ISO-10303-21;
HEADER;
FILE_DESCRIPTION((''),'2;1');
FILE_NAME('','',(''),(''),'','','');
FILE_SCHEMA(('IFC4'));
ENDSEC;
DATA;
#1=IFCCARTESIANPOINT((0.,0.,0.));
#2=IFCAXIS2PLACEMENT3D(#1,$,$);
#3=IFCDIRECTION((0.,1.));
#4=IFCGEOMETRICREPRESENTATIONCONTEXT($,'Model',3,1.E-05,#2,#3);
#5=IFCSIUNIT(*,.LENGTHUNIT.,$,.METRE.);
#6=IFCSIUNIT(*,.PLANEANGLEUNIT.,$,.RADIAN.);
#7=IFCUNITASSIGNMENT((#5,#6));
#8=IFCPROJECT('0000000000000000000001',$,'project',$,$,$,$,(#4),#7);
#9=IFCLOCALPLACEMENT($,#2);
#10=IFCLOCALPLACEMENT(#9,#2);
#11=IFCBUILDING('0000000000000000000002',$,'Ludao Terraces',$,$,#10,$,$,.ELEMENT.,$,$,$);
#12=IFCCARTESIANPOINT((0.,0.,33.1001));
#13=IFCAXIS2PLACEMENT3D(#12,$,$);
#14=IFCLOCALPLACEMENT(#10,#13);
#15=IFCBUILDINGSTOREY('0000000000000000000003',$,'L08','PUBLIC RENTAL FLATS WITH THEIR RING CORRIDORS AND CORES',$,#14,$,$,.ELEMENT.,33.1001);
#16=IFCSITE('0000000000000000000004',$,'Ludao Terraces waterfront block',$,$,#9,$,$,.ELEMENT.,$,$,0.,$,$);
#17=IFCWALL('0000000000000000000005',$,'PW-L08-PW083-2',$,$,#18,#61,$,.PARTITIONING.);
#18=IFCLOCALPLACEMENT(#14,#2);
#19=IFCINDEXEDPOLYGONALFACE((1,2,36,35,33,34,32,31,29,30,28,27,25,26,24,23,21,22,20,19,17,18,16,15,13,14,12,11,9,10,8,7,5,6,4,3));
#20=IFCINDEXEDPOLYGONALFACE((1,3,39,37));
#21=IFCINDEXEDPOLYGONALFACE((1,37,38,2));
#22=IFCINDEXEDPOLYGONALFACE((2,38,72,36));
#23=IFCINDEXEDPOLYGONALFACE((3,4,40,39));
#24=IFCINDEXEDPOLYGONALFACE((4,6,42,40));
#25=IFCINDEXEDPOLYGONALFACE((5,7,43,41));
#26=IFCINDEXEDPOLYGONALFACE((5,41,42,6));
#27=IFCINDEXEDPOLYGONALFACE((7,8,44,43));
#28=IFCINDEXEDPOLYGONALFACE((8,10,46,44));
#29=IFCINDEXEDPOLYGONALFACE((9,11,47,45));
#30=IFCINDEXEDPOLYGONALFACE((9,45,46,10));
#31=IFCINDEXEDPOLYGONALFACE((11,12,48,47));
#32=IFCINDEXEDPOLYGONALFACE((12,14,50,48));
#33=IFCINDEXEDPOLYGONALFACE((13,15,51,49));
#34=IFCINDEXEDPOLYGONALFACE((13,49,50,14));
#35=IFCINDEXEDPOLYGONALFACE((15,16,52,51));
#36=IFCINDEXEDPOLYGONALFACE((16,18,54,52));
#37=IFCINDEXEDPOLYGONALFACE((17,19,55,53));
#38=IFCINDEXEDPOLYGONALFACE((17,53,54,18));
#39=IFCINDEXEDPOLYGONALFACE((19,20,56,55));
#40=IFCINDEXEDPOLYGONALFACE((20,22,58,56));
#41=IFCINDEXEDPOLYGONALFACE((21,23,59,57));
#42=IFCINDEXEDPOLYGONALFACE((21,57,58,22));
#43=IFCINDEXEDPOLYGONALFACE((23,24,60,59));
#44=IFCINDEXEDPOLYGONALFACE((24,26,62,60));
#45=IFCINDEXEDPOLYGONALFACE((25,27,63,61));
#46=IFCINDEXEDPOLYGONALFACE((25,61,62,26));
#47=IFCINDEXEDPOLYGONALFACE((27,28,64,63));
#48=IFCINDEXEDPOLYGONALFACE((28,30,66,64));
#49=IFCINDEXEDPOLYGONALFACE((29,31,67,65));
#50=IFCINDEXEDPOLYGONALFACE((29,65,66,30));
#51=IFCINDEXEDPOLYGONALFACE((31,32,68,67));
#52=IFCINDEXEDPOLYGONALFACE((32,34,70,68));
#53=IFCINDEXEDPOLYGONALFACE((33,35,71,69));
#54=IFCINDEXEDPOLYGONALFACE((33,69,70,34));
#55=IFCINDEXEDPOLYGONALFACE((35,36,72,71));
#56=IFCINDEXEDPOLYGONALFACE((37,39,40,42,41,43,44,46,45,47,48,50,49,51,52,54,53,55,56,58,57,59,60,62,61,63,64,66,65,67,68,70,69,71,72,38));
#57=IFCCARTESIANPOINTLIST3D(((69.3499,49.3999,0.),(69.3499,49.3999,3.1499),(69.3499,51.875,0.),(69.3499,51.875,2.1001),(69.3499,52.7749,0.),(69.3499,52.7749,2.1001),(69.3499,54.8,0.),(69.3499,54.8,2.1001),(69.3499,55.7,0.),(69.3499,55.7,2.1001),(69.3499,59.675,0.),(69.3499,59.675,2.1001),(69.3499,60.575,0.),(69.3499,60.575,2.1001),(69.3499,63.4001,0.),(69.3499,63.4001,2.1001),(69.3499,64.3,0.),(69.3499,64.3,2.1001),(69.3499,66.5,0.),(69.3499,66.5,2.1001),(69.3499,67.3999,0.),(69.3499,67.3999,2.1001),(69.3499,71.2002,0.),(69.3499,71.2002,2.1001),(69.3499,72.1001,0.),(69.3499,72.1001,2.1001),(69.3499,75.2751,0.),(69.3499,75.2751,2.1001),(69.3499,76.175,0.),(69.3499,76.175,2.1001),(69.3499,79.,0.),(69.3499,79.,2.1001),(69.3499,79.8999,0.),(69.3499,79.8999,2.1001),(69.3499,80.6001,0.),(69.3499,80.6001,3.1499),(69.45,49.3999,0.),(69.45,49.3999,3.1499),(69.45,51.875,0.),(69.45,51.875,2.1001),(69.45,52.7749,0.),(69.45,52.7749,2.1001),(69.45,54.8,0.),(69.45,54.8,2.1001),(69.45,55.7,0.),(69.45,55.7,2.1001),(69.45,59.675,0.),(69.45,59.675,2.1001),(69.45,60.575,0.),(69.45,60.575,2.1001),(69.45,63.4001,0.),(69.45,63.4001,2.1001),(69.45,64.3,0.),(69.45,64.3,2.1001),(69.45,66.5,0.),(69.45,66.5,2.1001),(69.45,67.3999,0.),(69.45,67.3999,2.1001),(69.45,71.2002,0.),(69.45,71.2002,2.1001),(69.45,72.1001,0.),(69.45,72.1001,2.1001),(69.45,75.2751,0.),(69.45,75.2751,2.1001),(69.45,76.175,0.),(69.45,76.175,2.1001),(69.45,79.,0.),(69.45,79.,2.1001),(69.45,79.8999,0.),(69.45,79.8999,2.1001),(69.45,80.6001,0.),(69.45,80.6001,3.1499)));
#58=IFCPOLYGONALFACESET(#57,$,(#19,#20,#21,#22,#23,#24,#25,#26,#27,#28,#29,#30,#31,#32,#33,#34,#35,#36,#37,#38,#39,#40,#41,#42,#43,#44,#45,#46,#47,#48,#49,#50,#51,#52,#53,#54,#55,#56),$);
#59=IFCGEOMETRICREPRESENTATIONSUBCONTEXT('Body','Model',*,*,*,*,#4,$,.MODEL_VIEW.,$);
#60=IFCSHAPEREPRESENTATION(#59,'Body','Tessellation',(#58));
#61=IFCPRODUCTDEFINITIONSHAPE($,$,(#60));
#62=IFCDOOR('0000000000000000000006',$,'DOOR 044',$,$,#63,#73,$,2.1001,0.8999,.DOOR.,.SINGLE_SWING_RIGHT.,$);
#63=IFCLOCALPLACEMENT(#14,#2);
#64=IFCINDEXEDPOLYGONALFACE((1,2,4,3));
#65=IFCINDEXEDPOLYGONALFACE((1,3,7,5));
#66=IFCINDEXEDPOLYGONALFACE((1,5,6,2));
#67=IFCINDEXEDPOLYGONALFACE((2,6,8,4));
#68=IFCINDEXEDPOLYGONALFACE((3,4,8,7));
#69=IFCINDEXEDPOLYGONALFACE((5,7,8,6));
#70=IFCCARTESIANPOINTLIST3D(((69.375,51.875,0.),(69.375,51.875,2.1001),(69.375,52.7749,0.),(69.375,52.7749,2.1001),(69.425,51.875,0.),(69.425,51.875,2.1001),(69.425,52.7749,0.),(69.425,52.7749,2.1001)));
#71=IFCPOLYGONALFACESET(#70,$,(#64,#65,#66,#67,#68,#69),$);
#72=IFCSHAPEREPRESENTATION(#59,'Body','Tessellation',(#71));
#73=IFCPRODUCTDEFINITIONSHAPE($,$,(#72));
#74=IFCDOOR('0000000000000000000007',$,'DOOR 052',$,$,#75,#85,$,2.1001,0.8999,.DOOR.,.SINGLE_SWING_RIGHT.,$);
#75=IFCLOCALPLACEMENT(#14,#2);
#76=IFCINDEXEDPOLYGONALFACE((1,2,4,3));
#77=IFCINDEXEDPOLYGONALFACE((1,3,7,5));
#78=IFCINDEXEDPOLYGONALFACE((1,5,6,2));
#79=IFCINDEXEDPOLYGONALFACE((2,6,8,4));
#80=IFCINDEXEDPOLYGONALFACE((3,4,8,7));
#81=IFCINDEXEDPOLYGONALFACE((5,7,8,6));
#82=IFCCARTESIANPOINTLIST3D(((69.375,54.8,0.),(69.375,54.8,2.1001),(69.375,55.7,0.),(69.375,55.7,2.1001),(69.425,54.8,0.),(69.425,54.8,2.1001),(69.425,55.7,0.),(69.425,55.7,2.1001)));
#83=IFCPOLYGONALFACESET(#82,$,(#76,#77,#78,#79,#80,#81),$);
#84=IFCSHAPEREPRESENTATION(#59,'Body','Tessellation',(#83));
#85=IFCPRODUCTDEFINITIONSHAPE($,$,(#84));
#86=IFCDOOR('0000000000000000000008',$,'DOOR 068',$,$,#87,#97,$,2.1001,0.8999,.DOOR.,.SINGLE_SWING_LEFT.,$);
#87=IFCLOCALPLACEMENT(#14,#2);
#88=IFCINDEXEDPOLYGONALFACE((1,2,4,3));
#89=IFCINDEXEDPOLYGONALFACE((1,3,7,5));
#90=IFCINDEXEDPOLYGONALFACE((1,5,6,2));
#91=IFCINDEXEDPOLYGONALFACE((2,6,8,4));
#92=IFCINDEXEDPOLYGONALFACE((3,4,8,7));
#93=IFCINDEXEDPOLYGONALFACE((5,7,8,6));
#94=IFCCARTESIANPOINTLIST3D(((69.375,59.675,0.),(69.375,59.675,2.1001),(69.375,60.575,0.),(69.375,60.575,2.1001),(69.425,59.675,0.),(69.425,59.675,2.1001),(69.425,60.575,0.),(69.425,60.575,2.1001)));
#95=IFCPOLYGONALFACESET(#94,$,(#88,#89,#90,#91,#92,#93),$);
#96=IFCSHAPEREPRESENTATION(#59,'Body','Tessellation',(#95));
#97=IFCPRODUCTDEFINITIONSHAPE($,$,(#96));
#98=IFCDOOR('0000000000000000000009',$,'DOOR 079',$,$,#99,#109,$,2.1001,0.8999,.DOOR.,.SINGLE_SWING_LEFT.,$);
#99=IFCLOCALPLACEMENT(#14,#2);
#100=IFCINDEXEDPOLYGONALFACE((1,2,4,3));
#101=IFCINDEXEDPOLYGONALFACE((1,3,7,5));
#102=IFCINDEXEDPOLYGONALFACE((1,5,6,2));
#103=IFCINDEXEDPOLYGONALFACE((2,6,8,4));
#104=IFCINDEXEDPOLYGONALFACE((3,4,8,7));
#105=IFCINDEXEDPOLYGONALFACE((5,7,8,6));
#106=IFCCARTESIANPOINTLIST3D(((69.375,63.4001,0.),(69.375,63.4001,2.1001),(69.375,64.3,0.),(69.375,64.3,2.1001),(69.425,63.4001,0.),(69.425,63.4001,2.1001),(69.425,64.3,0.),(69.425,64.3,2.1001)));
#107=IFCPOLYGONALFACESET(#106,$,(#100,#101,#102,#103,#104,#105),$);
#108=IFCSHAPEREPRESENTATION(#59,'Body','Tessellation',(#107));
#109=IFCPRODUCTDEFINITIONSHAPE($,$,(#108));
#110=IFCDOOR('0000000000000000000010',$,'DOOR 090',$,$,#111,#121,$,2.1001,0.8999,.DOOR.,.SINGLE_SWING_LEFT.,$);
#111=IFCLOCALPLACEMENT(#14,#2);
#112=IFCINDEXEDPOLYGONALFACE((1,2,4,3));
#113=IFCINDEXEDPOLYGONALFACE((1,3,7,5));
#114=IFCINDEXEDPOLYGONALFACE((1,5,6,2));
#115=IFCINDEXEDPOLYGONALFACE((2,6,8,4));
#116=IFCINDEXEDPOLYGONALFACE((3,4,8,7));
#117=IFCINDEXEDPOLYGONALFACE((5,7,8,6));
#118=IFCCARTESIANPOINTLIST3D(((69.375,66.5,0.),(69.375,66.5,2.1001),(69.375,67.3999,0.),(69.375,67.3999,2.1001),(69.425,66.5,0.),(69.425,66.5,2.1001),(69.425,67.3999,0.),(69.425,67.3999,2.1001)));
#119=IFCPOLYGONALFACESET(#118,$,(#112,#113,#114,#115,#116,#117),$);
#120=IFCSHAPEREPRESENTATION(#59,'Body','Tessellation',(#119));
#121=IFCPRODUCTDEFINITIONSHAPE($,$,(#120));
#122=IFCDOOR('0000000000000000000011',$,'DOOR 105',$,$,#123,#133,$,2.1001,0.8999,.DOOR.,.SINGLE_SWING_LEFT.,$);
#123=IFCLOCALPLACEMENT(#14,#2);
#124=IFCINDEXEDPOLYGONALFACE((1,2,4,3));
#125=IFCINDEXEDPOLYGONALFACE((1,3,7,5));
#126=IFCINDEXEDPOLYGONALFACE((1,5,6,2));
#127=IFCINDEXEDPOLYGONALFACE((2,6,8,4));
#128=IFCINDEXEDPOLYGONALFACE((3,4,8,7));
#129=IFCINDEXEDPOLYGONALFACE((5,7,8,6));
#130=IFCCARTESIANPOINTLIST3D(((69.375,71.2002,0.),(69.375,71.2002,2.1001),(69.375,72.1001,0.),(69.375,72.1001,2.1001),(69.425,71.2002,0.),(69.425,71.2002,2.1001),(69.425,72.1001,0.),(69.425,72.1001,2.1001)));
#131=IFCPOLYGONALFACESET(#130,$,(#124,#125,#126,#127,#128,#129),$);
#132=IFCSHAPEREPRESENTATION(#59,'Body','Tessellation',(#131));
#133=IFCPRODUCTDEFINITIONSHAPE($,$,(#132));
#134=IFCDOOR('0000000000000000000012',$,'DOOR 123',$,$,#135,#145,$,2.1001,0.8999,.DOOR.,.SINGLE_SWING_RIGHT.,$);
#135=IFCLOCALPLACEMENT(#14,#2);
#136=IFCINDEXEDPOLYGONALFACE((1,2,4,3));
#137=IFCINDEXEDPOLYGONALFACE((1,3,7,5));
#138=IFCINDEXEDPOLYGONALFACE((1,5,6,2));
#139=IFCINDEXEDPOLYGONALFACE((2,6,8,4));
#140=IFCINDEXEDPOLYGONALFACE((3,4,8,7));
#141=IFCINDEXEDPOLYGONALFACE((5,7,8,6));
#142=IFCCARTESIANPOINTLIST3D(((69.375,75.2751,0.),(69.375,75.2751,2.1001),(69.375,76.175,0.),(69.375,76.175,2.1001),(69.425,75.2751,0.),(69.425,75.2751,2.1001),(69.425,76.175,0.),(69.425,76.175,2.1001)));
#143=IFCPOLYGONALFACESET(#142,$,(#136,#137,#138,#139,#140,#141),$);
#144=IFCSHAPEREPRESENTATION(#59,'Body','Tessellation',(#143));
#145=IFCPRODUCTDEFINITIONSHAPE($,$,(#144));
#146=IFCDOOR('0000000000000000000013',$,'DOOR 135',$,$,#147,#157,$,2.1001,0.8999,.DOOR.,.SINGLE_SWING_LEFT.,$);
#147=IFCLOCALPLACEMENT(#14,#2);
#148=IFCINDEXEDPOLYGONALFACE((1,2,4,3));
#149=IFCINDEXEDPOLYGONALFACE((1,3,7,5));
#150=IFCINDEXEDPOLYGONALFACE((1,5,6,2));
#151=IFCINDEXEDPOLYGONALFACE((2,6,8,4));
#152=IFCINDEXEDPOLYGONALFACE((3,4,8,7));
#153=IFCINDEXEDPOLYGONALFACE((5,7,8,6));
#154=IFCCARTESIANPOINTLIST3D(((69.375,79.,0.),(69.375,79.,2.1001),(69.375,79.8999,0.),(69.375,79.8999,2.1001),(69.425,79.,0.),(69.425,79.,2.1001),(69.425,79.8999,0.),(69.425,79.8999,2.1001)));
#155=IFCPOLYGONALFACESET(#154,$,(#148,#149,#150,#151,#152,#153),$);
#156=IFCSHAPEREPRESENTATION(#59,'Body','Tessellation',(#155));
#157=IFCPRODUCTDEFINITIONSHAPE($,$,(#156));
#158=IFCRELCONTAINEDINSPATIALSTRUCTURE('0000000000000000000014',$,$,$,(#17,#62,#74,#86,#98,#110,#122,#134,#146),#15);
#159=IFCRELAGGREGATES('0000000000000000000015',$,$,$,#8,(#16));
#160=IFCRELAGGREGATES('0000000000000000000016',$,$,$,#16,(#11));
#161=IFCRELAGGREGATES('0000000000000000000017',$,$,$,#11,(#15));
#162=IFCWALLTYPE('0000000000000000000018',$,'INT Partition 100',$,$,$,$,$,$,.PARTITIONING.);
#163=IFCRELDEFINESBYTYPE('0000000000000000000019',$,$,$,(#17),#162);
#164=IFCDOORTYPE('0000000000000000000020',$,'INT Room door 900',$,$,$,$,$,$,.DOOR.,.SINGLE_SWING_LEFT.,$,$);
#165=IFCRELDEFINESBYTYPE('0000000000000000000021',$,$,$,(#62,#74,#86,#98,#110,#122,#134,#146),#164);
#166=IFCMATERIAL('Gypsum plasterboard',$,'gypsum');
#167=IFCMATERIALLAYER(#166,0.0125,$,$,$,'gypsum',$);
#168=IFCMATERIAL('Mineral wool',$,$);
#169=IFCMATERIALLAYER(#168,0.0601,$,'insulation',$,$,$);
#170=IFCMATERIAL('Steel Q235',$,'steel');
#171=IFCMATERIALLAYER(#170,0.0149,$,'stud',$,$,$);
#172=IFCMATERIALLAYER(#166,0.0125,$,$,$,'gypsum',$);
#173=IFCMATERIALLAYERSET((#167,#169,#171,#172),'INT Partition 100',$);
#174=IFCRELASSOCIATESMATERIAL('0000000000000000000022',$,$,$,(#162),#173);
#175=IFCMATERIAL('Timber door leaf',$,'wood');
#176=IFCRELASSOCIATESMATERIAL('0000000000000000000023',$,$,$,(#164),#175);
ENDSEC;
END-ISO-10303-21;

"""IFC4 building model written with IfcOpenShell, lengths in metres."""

from ifc_helpers import new_model, si_unit, direction, frame, frame_2d, origin, place, context, subcontext, project, spatial, rectangle, extrude, material, layer, layer_set, type_object, element, fill, save


model = new_model("IFC4")

# Units and contexts
model_context = context("Model", 3, precision=1e-05, world=origin(), true_north=direction((0.0, 1.0)))
body_context = subcontext(model_context, "Body", "Model", "MODEL_VIEW")
ifc_project = project(units=[si_unit("LENGTHUNIT", "METRE"), si_unit("PLANEANGLEUNIT", "RADIAN")], contexts=[model_context])

# Site, building, storey
site_placement = place(None, origin())
site = spatial("IfcSite", under=ifc_project, at=site_placement, Name="Ludao Terraces waterfront block", CompositionType="ELEMENT", RefElevation=0.0)
building_placement = place(site_placement, origin())
building = spatial("IfcBuilding", under=site, at=building_placement, Name="Ludao Terraces", CompositionType="ELEMENT")
storey_placement = place(building_placement, frame((0.0, 0.0, 33.1001)))
storey = spatial("IfcBuildingStorey", under=building, at=storey_placement, Name="L08", Description="PUBLIC RENTAL FLATS WITH THEIR RING CORRIDORS AND CORES", CompositionType="ELEMENT", Elevation=33.1001)

# Shared definitions
ifc_material_1 = material(Name="Mineral wool")

# Shared definitions
ifc_material_2 = material(Name="Gypsum plasterboard", Category="gypsum")
ifc_layer_1 = layer(ifc_material_2, 0.0125, Category="gypsum")
ifc_layer_2 = layer(ifc_material_1, 0.0601, Name="insulation")
ifc_material_3 = material(Name="Steel Q235", Category="steel")
ifc_layer_3 = layer(ifc_material_3, 0.0149, Name="stud")
ifc_layer_4 = layer(ifc_material_2, 0.0125, Category="gypsum")
ifc_layer_set_1 = layer_set([ifc_layer_1, ifc_layer_2, ifc_layer_3, ifc_layer_4], Name="INT Partition 100")
wall_type_1 = type_object("IfcWallType", Name="INT Partition 100", PredefinedType="PARTITIONING", material=ifc_layer_set_1)

# Wall, openings, doors
ifc_material_4 = material(Name="Timber door leaf", Category="wood")
door_type_1 = type_object("IfcDoorType", Name="INT Room door 900", OperationType="SINGLE_SWING_LEFT", PredefinedType="DOOR", material=ifc_material_4)
wall_1_placement = place(storey_placement, frame((69.3999, 49.3999, 0.0), z_axis=(0.0, 0.0, 1.0), x_axis=(0.0, 1.0, 0.0)))
wall_1 = element("IfcWall", 1, at=wall_1_placement, inside=storey, type_object=wall_type_1, Name="PW-L08-PW083-2", PredefinedType="PARTITIONING", context=body_context, shape_type="SweptSolid", body=[
    extrude(rectangle(XDim=31.2002, YDim=0.1001, at=frame_2d((15.6001, 0.0))), origin(), (0.0, 0.0, 1.0), 3.1499),
])
opening_1_placement = place(wall_1_placement, frame((2.4751, 0.0, 0.0)))
opening_1 = element("IfcOpeningElement", 2, at=opening_1_placement, cuts=wall_1, PredefinedType="OPENING", context=body_context, shape_type="SweptSolid", body=[
    extrude(rectangle(XDim=0.8999, YDim=2.1001, at=frame_2d((0.45, 1.05))), frame((0.0, 0.0601, 0.0), z_axis=(0.0, -1.0, 0.0), x_axis=(1.0, 0.0, 0.0)), (0.0, 0.0, 1.0), 0.1201),
])
opening_2_placement = place(wall_1_placement, frame((5.4001, 0.0, 0.0)))
opening_2 = element("IfcOpeningElement", 3, at=opening_2_placement, cuts=wall_1, PredefinedType="OPENING", context=body_context, shape_type="SweptSolid", body=[
    extrude(rectangle(XDim=0.8999, YDim=2.1001, at=frame_2d((0.45, 1.05))), frame((0.0, 0.0601, 0.0), z_axis=(0.0, -1.0, 0.0), x_axis=(1.0, 0.0, 0.0)), (0.0, 0.0, 1.0), 0.1201),
])
opening_3_placement = place(wall_1_placement, frame((10.2751, 0.0, 0.0)))
opening_3 = element("IfcOpeningElement", 4, at=opening_3_placement, cuts=wall_1, PredefinedType="OPENING", context=body_context, shape_type="SweptSolid", body=[
    extrude(rectangle(XDim=0.8999, YDim=2.1001, at=frame_2d((0.45, 1.05))), frame((0.0, 0.0601, 0.0), z_axis=(0.0, -1.0, 0.0), x_axis=(1.0, 0.0, 0.0)), (0.0, 0.0, 1.0), 0.1201),
])
opening_4_placement = place(wall_1_placement, frame((14.0002, 0.0, 0.0)))
opening_4 = element("IfcOpeningElement", 5, at=opening_4_placement, cuts=wall_1, PredefinedType="OPENING", context=body_context, shape_type="SweptSolid", body=[
    extrude(rectangle(XDim=0.8999, YDim=2.1001, at=frame_2d((0.45, 1.05))), frame((0.0, 0.0601, 0.0), z_axis=(0.0, -1.0, 0.0), x_axis=(1.0, 0.0, 0.0)), (0.0, 0.0, 1.0), 0.1201),
])
opening_5_placement = place(wall_1_placement, frame((17.1001, 0.0, 0.0)))
opening_5 = element("IfcOpeningElement", 6, at=opening_5_placement, cuts=wall_1, PredefinedType="OPENING", context=body_context, shape_type="SweptSolid", body=[
    extrude(rectangle(XDim=0.8999, YDim=2.1001, at=frame_2d((0.45, 1.05))), frame((0.0, 0.0601, 0.0), z_axis=(0.0, -1.0, 0.0), x_axis=(1.0, 0.0, 0.0)), (0.0, 0.0, 1.0), 0.1201),
])
opening_6_placement = place(wall_1_placement, frame((21.8003, 0.0, 0.0)))
opening_6 = element("IfcOpeningElement", 7, at=opening_6_placement, cuts=wall_1, PredefinedType="OPENING", context=body_context, shape_type="SweptSolid", body=[
    extrude(rectangle(XDim=0.8999, YDim=2.1001, at=frame_2d((0.45, 1.05))), frame((0.0, 0.0601, 0.0), z_axis=(0.0, -1.0, 0.0), x_axis=(1.0, 0.0, 0.0)), (0.0, 0.0, 1.0), 0.1201),
])
opening_7_placement = place(wall_1_placement, frame((25.8752, 0.0, 0.0)))
opening_7 = element("IfcOpeningElement", 8, at=opening_7_placement, cuts=wall_1, PredefinedType="OPENING", context=body_context, shape_type="SweptSolid", body=[
    extrude(rectangle(XDim=0.8999, YDim=2.1001, at=frame_2d((0.45, 1.05))), frame((0.0, 0.0601, 0.0), z_axis=(0.0, -1.0, 0.0), x_axis=(1.0, 0.0, 0.0)), (0.0, 0.0, 1.0), 0.1201),
])
opening_8_placement = place(wall_1_placement, frame((29.6001, 0.0, 0.0)))
opening_8 = element("IfcOpeningElement", 9, at=opening_8_placement, cuts=wall_1, PredefinedType="OPENING", context=body_context, shape_type="SweptSolid", body=[
    extrude(rectangle(XDim=0.8999, YDim=2.1001, at=frame_2d((0.45, 1.05))), frame((0.0, 0.0601, 0.0), z_axis=(0.0, -1.0, 0.0), x_axis=(1.0, 0.0, 0.0)), (0.0, 0.0, 1.0), 0.1201),
])
door_1_placement = place(opening_1_placement, origin())
door_1 = element("IfcDoor", 10, at=door_1_placement, inside=storey, type_object=door_type_1, Name="DOOR 044", OperationType="SINGLE_SWING_RIGHT", OverallHeight=2.1001, OverallWidth=0.8999, PredefinedType="DOOR", context=body_context, shape_type="SweptSolid", body=[
    extrude(rectangle(XDim=0.8999, YDim=2.1001, at=frame_2d((0.45, 1.05))), frame((0.0, 0.0249, 0.0), z_axis=(0.0, -1.0, 0.0), x_axis=(1.0, 0.0, 0.0)), (0.0, 0.0, 1.0), 0.05),
])
fill(opening_1, door_1)
door_2_placement = place(opening_2_placement, origin())
door_2 = element("IfcDoor", 11, at=door_2_placement, inside=storey, type_object=door_type_1, Name="DOOR 052", OperationType="SINGLE_SWING_RIGHT", OverallHeight=2.1001, OverallWidth=0.8999, PredefinedType="DOOR", context=body_context, shape_type="SweptSolid", body=[
    extrude(rectangle(XDim=0.8999, YDim=2.1001, at=frame_2d((0.45, 1.05))), frame((0.0, 0.0249, 0.0), z_axis=(0.0, -1.0, 0.0), x_axis=(1.0, 0.0, 0.0)), (0.0, 0.0, 1.0), 0.05),
])
fill(opening_2, door_2)
door_3_placement = place(opening_3_placement, origin())
door_3 = element("IfcDoor", 12, at=door_3_placement, inside=storey, type_object=door_type_1, Name="DOOR 068", OperationType="SINGLE_SWING_LEFT", OverallHeight=2.1001, OverallWidth=0.8999, PredefinedType="DOOR", context=body_context, shape_type="SweptSolid", body=[
    extrude(rectangle(XDim=0.8999, YDim=2.1001, at=frame_2d((0.45, 1.05))), frame((0.0, 0.0249, 0.0), z_axis=(0.0, -1.0, 0.0), x_axis=(1.0, 0.0, 0.0)), (0.0, 0.0, 1.0), 0.05),
])
fill(opening_3, door_3)
door_4_placement = place(opening_4_placement, origin())
door_4 = element("IfcDoor", 13, at=door_4_placement, inside=storey, type_object=door_type_1, Name="DOOR 079", OperationType="SINGLE_SWING_LEFT", OverallHeight=2.1001, OverallWidth=0.8999, PredefinedType="DOOR", context=body_context, shape_type="SweptSolid", body=[
    extrude(rectangle(XDim=0.8999, YDim=2.1001, at=frame_2d((0.45, 1.05))), frame((0.0, 0.0249, 0.0), z_axis=(0.0, -1.0, 0.0), x_axis=(1.0, 0.0, 0.0)), (0.0, 0.0, 1.0), 0.05),
])
fill(opening_4, door_4)
door_5_placement = place(opening_5_placement, origin())
door_5 = element("IfcDoor", 14, at=door_5_placement, inside=storey, type_object=door_type_1, Name="DOOR 090", OperationType="SINGLE_SWING_LEFT", OverallHeight=2.1001, OverallWidth=0.8999, PredefinedType="DOOR", context=body_context, shape_type="SweptSolid", body=[
    extrude(rectangle(XDim=0.8999, YDim=2.1001, at=frame_2d((0.45, 1.05))), frame((0.0, 0.0249, 0.0), z_axis=(0.0, -1.0, 0.0), x_axis=(1.0, 0.0, 0.0)), (0.0, 0.0, 1.0), 0.05),
])
fill(opening_5, door_5)
door_6_placement = place(opening_6_placement, origin())
door_6 = element("IfcDoor", 15, at=door_6_placement, inside=storey, type_object=door_type_1, Name="DOOR 105", OperationType="SINGLE_SWING_LEFT", OverallHeight=2.1001, OverallWidth=0.8999, PredefinedType="DOOR", context=body_context, shape_type="SweptSolid", body=[
    extrude(rectangle(XDim=0.8999, YDim=2.1001, at=frame_2d((0.45, 1.05))), frame((0.0, 0.0249, 0.0), z_axis=(0.0, -1.0, 0.0), x_axis=(1.0, 0.0, 0.0)), (0.0, 0.0, 1.0), 0.05),
])
fill(opening_6, door_6)
door_7_placement = place(opening_7_placement, origin())
door_7 = element("IfcDoor", 16, at=door_7_placement, inside=storey, type_object=door_type_1, Name="DOOR 123", OperationType="SINGLE_SWING_RIGHT", OverallHeight=2.1001, OverallWidth=0.8999, PredefinedType="DOOR", context=body_context, shape_type="SweptSolid", body=[
    extrude(rectangle(XDim=0.8999, YDim=2.1001, at=frame_2d((0.45, 1.05))), frame((0.0, 0.0249, 0.0), z_axis=(0.0, -1.0, 0.0), x_axis=(1.0, 0.0, 0.0)), (0.0, 0.0, 1.0), 0.05),
])
fill(opening_7, door_7)
door_8_placement = place(opening_8_placement, origin())
door_8 = element("IfcDoor", 17, at=door_8_placement, inside=storey, type_object=door_type_1, Name="DOOR 135", OperationType="SINGLE_SWING_LEFT", OverallHeight=2.1001, OverallWidth=0.8999, PredefinedType="DOOR", context=body_context, shape_type="SweptSolid", body=[
    extrude(rectangle(XDim=0.8999, YDim=2.1001, at=frame_2d((0.45, 1.05))), frame((0.0, 0.0249, 0.0), z_axis=(0.0, -1.0, 0.0), x_axis=(1.0, 0.0, 0.0)), (0.0, 0.0, 1.0), 0.05),
])
fill(opening_8, door_8)

save(model, "model.ifc")
